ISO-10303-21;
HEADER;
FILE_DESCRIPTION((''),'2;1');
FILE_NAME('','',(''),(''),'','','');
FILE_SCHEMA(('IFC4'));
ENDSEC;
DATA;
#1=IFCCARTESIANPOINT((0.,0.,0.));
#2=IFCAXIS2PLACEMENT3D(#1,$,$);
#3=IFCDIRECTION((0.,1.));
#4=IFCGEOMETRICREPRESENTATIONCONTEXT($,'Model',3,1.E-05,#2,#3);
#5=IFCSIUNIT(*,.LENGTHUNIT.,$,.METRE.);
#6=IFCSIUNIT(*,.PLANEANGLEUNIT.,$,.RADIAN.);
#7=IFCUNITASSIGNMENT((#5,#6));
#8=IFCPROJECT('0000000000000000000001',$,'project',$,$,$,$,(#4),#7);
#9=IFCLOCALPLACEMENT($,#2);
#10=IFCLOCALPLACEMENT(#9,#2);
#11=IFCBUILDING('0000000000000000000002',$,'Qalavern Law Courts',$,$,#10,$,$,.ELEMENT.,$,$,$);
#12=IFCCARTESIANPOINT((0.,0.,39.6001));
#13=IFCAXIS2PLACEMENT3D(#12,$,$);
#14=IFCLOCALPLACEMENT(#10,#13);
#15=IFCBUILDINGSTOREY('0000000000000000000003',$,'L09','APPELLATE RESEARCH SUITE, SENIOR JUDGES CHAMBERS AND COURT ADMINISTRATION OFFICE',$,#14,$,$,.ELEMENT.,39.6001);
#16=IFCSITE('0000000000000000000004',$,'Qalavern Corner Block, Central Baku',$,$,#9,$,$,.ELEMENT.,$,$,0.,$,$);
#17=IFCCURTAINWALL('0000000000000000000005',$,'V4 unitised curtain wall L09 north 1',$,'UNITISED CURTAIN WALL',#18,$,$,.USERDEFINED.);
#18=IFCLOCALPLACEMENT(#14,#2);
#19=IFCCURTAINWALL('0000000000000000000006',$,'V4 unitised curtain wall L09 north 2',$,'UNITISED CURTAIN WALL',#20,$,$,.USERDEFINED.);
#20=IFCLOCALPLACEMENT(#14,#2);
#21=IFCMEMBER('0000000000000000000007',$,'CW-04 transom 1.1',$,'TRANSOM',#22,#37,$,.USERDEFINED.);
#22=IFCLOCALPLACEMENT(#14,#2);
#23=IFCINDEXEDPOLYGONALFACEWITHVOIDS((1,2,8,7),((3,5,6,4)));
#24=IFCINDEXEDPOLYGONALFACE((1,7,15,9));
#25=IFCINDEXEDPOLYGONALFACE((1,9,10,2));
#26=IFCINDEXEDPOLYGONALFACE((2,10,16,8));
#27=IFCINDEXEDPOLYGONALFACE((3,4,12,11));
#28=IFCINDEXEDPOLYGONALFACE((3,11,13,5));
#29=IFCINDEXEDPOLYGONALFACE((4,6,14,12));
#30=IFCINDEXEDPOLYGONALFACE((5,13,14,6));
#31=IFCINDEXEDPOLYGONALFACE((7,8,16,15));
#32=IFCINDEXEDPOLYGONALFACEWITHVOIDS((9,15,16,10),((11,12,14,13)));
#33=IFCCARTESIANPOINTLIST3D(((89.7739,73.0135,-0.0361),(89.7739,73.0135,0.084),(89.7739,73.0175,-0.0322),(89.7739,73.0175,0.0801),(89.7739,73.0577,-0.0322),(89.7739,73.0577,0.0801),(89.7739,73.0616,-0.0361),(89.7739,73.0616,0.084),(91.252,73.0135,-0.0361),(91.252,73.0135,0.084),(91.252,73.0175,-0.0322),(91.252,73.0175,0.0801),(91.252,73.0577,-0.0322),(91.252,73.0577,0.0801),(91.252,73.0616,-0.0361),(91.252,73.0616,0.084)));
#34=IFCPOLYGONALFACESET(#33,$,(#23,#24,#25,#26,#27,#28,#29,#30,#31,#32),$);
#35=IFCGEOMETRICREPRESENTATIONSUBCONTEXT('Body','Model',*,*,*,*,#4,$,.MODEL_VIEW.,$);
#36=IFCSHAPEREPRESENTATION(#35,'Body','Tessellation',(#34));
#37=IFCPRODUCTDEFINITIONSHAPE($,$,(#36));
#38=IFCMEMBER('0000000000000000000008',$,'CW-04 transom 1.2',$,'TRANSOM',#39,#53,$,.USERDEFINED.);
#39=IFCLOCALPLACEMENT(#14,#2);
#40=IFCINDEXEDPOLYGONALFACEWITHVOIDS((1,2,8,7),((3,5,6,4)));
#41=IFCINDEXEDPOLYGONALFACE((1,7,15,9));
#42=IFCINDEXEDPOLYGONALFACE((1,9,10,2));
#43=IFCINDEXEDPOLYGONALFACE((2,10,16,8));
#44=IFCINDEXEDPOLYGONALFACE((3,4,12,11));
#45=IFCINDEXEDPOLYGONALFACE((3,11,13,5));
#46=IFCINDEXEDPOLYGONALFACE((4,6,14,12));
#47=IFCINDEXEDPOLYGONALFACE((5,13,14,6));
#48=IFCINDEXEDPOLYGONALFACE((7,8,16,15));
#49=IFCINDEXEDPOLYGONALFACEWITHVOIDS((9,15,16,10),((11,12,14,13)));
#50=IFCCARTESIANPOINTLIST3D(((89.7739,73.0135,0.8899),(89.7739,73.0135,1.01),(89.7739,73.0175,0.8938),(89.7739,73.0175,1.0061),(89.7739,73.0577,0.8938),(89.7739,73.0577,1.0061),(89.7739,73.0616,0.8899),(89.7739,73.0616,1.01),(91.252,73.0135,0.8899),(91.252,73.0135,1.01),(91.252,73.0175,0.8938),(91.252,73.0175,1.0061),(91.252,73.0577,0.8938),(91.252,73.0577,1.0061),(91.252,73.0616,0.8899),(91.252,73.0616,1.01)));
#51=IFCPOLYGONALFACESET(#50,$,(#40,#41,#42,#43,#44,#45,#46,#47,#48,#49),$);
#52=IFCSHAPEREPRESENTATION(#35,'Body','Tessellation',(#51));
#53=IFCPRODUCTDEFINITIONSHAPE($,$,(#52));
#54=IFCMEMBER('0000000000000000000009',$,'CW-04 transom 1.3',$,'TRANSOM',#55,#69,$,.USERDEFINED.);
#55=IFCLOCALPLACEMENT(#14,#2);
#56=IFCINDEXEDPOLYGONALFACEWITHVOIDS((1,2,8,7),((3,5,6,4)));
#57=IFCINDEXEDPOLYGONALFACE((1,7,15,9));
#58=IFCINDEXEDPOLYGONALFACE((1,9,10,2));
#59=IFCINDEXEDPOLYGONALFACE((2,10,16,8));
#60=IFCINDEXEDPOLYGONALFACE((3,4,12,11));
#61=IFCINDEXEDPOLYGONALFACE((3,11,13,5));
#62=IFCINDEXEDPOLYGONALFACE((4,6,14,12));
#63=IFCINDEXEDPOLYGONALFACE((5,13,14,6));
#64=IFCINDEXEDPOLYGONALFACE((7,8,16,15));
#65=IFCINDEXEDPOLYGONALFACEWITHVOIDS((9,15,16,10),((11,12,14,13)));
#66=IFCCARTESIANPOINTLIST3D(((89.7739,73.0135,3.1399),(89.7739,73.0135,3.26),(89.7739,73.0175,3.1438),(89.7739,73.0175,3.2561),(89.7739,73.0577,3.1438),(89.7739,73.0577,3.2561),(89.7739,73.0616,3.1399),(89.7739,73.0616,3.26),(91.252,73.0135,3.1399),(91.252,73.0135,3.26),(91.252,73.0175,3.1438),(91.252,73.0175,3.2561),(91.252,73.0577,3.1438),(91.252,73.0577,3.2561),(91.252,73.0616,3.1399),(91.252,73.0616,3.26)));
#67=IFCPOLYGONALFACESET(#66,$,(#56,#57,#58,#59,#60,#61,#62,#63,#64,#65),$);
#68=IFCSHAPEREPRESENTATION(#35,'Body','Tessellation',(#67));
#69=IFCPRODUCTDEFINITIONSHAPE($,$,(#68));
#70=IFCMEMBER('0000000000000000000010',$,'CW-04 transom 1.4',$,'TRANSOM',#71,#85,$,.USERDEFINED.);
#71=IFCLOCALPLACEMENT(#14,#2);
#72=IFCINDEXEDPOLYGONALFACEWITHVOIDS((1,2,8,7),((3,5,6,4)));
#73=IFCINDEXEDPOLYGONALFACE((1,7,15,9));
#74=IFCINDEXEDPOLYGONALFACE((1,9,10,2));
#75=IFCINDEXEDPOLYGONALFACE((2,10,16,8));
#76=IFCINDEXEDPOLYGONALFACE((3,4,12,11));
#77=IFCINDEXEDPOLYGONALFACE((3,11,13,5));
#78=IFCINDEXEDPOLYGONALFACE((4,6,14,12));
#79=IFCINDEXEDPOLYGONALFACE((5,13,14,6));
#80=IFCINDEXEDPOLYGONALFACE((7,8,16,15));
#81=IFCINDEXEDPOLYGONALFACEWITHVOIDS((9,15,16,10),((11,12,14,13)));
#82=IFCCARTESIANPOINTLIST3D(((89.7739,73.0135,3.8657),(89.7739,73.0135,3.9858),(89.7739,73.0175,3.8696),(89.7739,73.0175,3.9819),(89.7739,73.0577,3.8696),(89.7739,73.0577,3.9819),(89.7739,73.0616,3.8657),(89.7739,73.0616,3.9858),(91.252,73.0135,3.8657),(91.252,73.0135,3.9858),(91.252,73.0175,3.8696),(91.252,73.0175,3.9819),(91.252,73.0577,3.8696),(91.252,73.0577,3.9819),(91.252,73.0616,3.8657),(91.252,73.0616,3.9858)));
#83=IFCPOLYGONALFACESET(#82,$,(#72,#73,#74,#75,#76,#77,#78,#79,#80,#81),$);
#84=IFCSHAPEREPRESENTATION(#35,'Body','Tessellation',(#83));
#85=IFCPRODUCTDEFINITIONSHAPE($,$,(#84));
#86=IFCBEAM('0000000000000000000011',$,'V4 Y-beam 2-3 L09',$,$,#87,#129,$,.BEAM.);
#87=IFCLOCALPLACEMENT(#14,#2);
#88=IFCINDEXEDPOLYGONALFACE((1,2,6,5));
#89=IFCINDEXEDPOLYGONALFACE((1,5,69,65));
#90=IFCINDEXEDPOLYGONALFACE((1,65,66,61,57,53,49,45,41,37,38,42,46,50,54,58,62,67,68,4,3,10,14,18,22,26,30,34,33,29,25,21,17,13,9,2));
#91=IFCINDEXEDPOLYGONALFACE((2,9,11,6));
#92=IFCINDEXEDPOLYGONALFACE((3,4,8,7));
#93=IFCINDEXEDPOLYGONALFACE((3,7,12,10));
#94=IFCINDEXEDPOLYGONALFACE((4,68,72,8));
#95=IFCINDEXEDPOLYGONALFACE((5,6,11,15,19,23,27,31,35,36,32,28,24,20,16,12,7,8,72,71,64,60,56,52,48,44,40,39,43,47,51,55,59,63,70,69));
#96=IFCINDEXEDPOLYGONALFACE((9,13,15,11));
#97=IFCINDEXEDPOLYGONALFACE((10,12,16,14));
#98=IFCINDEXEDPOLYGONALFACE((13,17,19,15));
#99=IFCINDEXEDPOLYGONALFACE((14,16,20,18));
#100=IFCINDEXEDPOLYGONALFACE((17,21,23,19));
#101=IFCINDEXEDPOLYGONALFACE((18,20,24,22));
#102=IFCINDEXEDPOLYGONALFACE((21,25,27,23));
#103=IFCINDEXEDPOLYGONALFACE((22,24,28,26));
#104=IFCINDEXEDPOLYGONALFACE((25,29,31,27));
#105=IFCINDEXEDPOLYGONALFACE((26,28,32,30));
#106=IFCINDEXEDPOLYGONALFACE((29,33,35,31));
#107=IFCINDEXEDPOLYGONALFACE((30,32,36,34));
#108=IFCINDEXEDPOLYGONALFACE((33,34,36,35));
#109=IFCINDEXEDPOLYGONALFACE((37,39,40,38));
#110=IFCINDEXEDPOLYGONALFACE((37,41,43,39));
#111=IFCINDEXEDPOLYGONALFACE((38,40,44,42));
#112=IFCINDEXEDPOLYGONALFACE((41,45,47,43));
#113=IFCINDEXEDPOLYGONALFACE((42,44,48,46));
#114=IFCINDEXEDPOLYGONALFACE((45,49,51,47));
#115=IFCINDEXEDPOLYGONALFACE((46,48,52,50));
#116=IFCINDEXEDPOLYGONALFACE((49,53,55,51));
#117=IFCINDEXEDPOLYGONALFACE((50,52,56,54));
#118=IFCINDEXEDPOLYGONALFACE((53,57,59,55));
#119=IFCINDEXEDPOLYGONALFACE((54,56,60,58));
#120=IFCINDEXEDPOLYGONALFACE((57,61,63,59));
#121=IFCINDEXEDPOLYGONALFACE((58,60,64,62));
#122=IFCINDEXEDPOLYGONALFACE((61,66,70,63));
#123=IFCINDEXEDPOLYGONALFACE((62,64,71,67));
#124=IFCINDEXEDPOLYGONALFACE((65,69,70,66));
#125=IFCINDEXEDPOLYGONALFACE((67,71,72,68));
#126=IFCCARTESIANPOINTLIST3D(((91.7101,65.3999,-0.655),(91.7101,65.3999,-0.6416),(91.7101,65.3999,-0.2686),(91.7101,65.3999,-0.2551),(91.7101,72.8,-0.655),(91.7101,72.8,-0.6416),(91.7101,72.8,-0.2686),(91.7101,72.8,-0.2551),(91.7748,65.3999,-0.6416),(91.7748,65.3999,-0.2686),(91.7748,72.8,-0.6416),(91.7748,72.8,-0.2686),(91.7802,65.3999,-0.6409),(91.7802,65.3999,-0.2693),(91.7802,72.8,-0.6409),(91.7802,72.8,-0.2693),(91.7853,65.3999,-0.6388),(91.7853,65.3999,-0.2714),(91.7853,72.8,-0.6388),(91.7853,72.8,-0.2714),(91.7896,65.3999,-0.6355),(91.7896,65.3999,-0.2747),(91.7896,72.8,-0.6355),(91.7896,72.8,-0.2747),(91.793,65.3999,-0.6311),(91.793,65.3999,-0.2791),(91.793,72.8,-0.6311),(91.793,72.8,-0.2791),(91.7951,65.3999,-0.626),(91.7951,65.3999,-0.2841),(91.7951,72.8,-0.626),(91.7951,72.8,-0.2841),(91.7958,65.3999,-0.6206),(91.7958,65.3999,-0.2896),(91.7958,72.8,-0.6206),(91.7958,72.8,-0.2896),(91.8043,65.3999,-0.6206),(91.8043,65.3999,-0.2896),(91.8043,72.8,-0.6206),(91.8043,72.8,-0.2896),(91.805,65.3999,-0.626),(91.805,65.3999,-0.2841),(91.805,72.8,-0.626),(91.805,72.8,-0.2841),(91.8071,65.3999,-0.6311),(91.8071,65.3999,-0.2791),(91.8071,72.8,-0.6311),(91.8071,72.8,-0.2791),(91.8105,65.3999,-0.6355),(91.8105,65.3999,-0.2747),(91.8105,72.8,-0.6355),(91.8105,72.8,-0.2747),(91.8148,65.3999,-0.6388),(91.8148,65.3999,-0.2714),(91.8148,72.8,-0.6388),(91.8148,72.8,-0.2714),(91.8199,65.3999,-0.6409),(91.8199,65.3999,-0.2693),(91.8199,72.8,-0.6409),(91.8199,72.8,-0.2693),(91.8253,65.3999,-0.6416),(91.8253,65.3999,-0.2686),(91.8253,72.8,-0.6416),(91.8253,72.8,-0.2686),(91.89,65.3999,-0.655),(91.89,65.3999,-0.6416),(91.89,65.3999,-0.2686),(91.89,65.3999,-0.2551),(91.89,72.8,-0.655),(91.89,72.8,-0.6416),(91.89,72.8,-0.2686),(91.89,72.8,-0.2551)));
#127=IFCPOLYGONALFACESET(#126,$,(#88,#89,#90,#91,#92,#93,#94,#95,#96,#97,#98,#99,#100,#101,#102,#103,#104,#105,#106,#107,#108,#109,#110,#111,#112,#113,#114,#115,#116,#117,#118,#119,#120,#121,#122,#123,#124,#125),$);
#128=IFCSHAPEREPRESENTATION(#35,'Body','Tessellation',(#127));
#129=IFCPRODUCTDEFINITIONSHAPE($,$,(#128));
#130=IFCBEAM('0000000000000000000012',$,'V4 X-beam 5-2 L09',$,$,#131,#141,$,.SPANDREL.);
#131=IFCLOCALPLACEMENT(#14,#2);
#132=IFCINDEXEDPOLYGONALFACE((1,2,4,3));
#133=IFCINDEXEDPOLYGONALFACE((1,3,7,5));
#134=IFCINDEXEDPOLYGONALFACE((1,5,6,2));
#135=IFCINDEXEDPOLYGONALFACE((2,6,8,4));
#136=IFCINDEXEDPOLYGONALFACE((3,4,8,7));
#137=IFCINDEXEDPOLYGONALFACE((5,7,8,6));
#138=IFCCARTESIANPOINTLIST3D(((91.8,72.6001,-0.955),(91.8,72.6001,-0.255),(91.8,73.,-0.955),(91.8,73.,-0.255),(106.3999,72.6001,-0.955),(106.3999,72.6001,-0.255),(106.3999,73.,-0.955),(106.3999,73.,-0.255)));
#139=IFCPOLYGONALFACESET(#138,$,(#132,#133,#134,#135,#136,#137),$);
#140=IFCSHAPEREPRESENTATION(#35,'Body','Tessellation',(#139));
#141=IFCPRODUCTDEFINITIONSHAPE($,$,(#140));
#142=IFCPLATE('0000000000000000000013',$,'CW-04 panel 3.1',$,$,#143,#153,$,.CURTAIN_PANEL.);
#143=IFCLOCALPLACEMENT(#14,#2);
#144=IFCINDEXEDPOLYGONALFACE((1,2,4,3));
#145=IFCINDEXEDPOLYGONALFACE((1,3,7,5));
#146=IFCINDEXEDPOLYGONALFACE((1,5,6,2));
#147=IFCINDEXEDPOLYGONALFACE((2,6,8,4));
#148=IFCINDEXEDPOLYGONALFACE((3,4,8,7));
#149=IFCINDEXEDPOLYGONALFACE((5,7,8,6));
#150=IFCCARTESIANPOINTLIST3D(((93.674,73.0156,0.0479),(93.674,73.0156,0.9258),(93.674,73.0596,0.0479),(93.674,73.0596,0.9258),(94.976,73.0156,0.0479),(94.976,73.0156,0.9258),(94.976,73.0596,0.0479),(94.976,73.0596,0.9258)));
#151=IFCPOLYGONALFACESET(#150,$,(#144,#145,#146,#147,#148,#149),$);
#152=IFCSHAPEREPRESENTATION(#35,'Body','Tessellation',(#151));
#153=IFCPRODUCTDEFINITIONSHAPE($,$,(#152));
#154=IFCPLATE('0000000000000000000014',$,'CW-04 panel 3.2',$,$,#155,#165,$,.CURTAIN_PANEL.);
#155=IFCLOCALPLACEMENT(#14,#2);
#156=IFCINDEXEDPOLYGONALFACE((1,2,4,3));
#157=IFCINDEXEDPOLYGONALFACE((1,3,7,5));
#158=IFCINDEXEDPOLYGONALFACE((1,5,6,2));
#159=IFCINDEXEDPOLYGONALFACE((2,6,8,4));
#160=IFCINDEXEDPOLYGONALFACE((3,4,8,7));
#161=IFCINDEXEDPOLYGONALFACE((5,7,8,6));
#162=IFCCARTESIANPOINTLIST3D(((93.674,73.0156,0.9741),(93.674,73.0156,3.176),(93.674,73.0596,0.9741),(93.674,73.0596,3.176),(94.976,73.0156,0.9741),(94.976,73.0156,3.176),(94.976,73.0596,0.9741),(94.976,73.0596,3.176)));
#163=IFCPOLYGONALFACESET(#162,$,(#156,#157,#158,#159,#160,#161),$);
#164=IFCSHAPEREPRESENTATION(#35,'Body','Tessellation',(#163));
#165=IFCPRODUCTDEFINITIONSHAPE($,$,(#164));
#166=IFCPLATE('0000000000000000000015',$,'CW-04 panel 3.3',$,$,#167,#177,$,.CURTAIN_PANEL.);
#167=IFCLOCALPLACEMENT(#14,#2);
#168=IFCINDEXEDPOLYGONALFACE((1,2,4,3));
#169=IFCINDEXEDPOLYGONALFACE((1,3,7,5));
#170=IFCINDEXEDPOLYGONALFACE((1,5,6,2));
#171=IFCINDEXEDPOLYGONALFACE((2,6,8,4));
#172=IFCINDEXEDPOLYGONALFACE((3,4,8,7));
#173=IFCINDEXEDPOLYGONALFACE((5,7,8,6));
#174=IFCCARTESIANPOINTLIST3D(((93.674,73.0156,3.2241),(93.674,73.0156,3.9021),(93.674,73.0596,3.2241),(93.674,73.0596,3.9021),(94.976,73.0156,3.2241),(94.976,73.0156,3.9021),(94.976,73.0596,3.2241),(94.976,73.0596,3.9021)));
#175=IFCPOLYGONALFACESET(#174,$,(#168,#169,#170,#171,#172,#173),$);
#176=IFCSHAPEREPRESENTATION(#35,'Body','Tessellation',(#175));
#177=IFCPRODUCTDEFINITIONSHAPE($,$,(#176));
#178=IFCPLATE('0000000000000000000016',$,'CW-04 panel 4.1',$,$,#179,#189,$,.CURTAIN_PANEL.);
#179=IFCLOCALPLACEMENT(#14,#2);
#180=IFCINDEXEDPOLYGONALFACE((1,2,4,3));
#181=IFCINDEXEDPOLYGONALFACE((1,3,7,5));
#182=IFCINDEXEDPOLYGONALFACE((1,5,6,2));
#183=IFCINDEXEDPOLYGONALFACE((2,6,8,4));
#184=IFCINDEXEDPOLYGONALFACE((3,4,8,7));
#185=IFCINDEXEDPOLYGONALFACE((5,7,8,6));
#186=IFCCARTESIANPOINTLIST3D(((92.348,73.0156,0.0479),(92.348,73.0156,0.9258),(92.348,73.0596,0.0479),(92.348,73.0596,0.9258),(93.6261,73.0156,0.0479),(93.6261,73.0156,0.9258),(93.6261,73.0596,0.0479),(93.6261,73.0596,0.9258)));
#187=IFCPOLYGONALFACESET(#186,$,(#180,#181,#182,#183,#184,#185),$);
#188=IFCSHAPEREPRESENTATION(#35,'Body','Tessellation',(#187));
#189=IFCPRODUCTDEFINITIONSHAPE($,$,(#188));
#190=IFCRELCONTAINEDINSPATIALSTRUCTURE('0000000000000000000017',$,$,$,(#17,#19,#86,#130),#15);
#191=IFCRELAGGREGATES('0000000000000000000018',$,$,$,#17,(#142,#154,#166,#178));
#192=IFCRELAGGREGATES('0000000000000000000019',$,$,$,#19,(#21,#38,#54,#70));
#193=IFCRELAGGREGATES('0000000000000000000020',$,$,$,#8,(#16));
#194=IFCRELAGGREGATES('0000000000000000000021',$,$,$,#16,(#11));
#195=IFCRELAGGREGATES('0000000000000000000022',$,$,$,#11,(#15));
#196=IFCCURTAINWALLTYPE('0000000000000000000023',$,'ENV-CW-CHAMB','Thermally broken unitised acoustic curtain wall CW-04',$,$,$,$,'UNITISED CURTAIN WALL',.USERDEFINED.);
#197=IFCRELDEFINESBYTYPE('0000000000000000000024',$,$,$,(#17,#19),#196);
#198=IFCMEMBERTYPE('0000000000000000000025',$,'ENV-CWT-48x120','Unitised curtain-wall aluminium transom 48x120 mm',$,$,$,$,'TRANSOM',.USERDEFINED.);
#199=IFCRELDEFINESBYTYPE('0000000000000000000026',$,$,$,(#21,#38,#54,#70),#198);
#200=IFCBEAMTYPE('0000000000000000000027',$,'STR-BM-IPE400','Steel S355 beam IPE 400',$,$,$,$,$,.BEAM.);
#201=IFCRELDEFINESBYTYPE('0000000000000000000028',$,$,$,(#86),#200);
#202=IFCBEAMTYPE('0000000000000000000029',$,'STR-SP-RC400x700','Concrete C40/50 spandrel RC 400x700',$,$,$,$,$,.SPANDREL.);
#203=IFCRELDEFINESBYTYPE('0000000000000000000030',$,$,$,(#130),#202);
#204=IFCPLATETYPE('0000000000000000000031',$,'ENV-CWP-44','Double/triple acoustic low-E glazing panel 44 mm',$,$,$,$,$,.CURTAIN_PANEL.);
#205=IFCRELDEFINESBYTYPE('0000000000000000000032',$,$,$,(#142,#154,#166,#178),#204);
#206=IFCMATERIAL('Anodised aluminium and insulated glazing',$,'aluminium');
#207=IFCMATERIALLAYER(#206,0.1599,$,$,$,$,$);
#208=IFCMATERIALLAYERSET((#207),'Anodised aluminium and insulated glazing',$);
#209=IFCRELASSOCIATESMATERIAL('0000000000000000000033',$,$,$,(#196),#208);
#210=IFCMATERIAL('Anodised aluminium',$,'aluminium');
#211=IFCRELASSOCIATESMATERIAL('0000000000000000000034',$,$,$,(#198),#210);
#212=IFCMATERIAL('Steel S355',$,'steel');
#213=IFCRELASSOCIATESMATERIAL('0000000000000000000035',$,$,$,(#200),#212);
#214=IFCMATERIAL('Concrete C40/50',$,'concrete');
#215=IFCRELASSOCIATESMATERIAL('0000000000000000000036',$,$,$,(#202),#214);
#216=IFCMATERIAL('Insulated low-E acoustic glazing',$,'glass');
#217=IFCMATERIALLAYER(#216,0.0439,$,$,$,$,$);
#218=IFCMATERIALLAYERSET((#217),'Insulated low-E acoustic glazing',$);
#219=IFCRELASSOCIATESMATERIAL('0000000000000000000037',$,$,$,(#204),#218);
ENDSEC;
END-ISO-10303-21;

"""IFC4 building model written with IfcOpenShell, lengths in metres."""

from ifc_helpers import new_model, si_unit, direction, frame, origin, origin_2d, place, context, subcontext, project, spatial, rectangle, hollow_rectangle, i_section, extrude, material, layer, layer_set, material_profile, profile_set, type_object, element, aggregate, save


model = new_model("IFC4")

# Units and contexts
model_context = context("Model", 3, precision=1e-05, world=origin(), true_north=direction((0.0, 1.0)))
body_context = subcontext(model_context, "Body", "Model", "MODEL_VIEW")
ifc_project = project(units=[si_unit("LENGTHUNIT", "METRE"), si_unit("PLANEANGLEUNIT", "RADIAN")], contexts=[model_context])

# Site, building, storey
site_placement = place(None, origin())
site = spatial("IfcSite", under=ifc_project, at=site_placement, Name="Qalavern Corner Block, Central Baku", CompositionType="ELEMENT", RefElevation=0.0)
building_placement = place(site_placement, origin())
building = spatial("IfcBuilding", under=site, at=building_placement, Name="Qalavern Law Courts", CompositionType="ELEMENT")
storey_placement = place(building_placement, frame((0.0, 0.0, 39.6001)))
storey = spatial("IfcBuildingStorey", under=building, at=storey_placement, Name="L09", Description="APPELLATE RESEARCH SUITE, SENIOR JUDGES CHAMBERS AND COURT ADMINISTRATION OFFICE", CompositionType="ELEMENT", Elevation=39.6001)

# Curtain wall
ifc_material_1 = material(Name="Anodised aluminium and insulated glazing", Category="aluminium")
ifc_layer_1 = layer(ifc_material_1, 0.1599)
ifc_layer_set_1 = layer_set([ifc_layer_1], Name="Anodised aluminium and insulated glazing")
curtain_wall_type = type_object("IfcCurtainWallType", Name="ENV-CW-CHAMB", Description="Thermally broken unitised acoustic curtain wall CW-04", ElementType="UNITISED CURTAIN WALL", PredefinedType="USERDEFINED", material=ifc_layer_set_1)
curtain_wall_1_placement = place(storey_placement, origin())
curtain_wall_1 = element("IfcCurtainWall", 1, at=curtain_wall_1_placement, inside=storey, type_object=curtain_wall_type, Name="V4 unitised curtain wall L09 north 1", ObjectType="UNITISED CURTAIN WALL", PredefinedType="USERDEFINED")
ifc_material_2 = material(Name="Anodised aluminium", Category="aluminium")

# Curtain wall
curtain_wall_2_placement = place(storey_placement, origin())
curtain_wall_2 = element("IfcCurtainWall", 2, at=curtain_wall_2_placement, inside=storey, type_object=curtain_wall_type, Name="V4 unitised curtain wall L09 north 2", ObjectType="UNITISED CURTAIN WALL", PredefinedType="USERDEFINED")

# Members
ifc_material_profile_1 = material_profile(ifc_material_2, hollow_rectangle(XDim=0.0481, YDim=0.1201, WallThickness=0.0039, at=origin_2d()), Name="ALU TRANSOM 48x120")
ifc_profile_set_1 = profile_set([ifc_material_profile_1], Name="Anodised aluminium")
member_type_1 = type_object("IfcMemberType", Name="ENV-CWT-48x120", Description="Unitised curtain-wall aluminium transom 48x120 mm", ElementType="TRANSOM", PredefinedType="USERDEFINED", material=ifc_profile_set_1)
member_1_placement = place(storey_placement, frame((91.252, 73.0376, 0.0239), z_axis=(-1.0, 0.0, 0.0), x_axis=(0.0, -1.0, 0.0)))
member_1 = element("IfcMember", 3, at=member_1_placement, type_object=member_type_1, Name="CW-04 transom 1.1", ObjectType="TRANSOM", PredefinedType="USERDEFINED", context=body_context, shape_type="SweptSolid", body=[
    extrude(hollow_rectangle(XDim=0.0481, YDim=0.1201, WallThickness=0.0039, at=origin_2d()), origin(), (0.0, 0.0, 1.0), 1.478),
])
member_2_placement = place(storey_placement, frame((91.252, 73.0376, 0.95), z_axis=(-1.0, 0.0, 0.0), x_axis=(0.0, -1.0, 0.0)))
member_2 = element("IfcMember", 4, at=member_2_placement, type_object=member_type_1, Name="CW-04 transom 1.2", ObjectType="TRANSOM", PredefinedType="USERDEFINED", context=body_context, shape_type="SweptSolid", body=[
    extrude(hollow_rectangle(XDim=0.0481, YDim=0.1201, WallThickness=0.0039, at=origin_2d()), origin(), (0.0, 0.0, 1.0), 1.478),
])
member_3_placement = place(storey_placement, frame((91.252, 73.0376, 3.2), z_axis=(-1.0, 0.0, 0.0), x_axis=(0.0, -1.0, 0.0)))
member_3 = element("IfcMember", 5, at=member_3_placement, type_object=member_type_1, Name="CW-04 transom 1.3", ObjectType="TRANSOM", PredefinedType="USERDEFINED", context=body_context, shape_type="SweptSolid", body=[
    extrude(hollow_rectangle(XDim=0.0481, YDim=0.1201, WallThickness=0.0039, at=origin_2d()), origin(), (0.0, 0.0, 1.0), 1.478),
])
member_4_placement = place(storey_placement, frame((91.252, 73.0376, 3.9258), z_axis=(-1.0, 0.0, 0.0), x_axis=(0.0, -1.0, 0.0)))
member_4 = element("IfcMember", 6, at=member_4_placement, type_object=member_type_1, Name="CW-04 transom 1.4", ObjectType="TRANSOM", PredefinedType="USERDEFINED", context=body_context, shape_type="SweptSolid", body=[
    extrude(hollow_rectangle(XDim=0.0481, YDim=0.1201, WallThickness=0.0039, at=origin_2d()), origin(), (0.0, 0.0, 1.0), 1.478),
])

# Beams
ifc_material_3 = material(Name="Steel S355", Category="steel")
ifc_material_profile_2 = material_profile(ifc_material_3, i_section(OverallWidth=0.1799, OverallDepth=0.3999, WebThickness=0.0085, FlangeThickness=0.0134, FilletRadius=0.021, at=origin_2d()), Name="IPE 400")
ifc_profile_set_2 = profile_set([ifc_material_profile_2], Name="Steel S355")
beam_type_1 = type_object("IfcBeamType", Name="STR-BM-IPE400", Description="Steel S355 beam IPE 400", PredefinedType="BEAM", material=ifc_profile_set_2)
beam_1_placement = place(storey_placement, frame((91.8, 65.3999, -0.4551), z_axis=(0.0, 1.0, 0.0), x_axis=(-1.0, 0.0, 0.0)))
element("IfcBeam", 7, at=beam_1_placement, inside=storey, type_object=beam_type_1, Name="V4 Y-beam 2-3 L09", PredefinedType="BEAM", context=body_context, shape_type="SweptSolid", body=[
    extrude(i_section(OverallWidth=0.1799, OverallDepth=0.3999, WebThickness=0.0085, FlangeThickness=0.0134, FilletRadius=0.021, at=origin_2d()), origin(), (0.0, 0.0, 1.0), 7.4001),
])
ifc_material_4 = material(Name="Concrete C40/50", Category="concrete")
ifc_material_profile_3 = material_profile(ifc_material_4, rectangle(XDim=0.3999, YDim=0.7, at=origin_2d()), Name="RC 400x700")
ifc_profile_set_3 = profile_set([ifc_material_profile_3], Name="Concrete C40/50")
beam_type_2 = type_object("IfcBeamType", Name="STR-SP-RC400x700", Description="Concrete C40/50 spandrel RC 400x700", PredefinedType="SPANDREL", material=ifc_profile_set_3)
beam_2_placement = place(storey_placement, frame((91.8, 72.8, -0.605), z_axis=(1.0, 0.0, 0.0), x_axis=(0.0, 1.0, 0.0)))
element("IfcBeam", 8, at=beam_2_placement, inside=storey, type_object=beam_type_2, Name="V4 X-beam 5-2 L09", PredefinedType="SPANDREL", context=body_context, shape_type="SweptSolid", body=[
    extrude(rectangle(XDim=0.3999, YDim=0.7, at=origin_2d()), origin(), (0.0, 0.0, 1.0), 14.5999),
])

# Plates
ifc_material_5 = material(Name="Insulated low-E acoustic glazing", Category="glass")
ifc_layer_2 = layer(ifc_material_5, 0.0439)
ifc_layer_set_2 = layer_set([ifc_layer_2], Name="Insulated low-E acoustic glazing")
plate_type_1 = type_object("IfcPlateType", Name="ENV-CWP-44", Description="Double/triple acoustic low-E glazing panel 44 mm", PredefinedType="CURTAIN_PANEL", material=ifc_layer_set_2)
plate_1_placement = place(storey_placement, frame((94.325, 73.0376, 0.0479), z_axis=(0.0, 0.0, 1.0), x_axis=(-1.0, 0.0, 0.0)))
plate_1 = element("IfcPlate", 9, at=plate_1_placement, type_object=plate_type_1, Name="CW-04 panel 3.1", PredefinedType="CURTAIN_PANEL", context=body_context, shape_type="SweptSolid", body=[
    extrude(rectangle(XDim=1.302, YDim=0.0439, at=origin_2d()), origin(), (0.0, 0.0, 1.0), 0.8779),
])
plate_2_placement = place(storey_placement, frame((94.325, 73.0376, 0.9741), z_axis=(0.0, 0.0, 1.0), x_axis=(-1.0, 0.0, 0.0)))
plate_2 = element("IfcPlate", 10, at=plate_2_placement, type_object=plate_type_1, Name="CW-04 panel 3.2", PredefinedType="CURTAIN_PANEL", context=body_context, shape_type="SweptSolid", body=[
    extrude(rectangle(XDim=1.302, YDim=0.0439, at=origin_2d()), origin(), (0.0, 0.0, 1.0), 2.2019),
])
plate_3_placement = place(storey_placement, frame((94.325, 73.0376, 3.2241), z_axis=(0.0, 0.0, 1.0), x_axis=(-1.0, 0.0, 0.0)))
plate_3 = element("IfcPlate", 11, at=plate_3_placement, type_object=plate_type_1, Name="CW-04 panel 3.3", PredefinedType="CURTAIN_PANEL", context=body_context, shape_type="SweptSolid", body=[
    extrude(rectangle(XDim=1.302, YDim=0.0439, at=origin_2d()), origin(), (0.0, 0.0, 1.0), 0.678),
])
plate_4_placement = place(storey_placement, frame((92.9871, 73.0376, 0.0479), z_axis=(0.0, 0.0, 1.0), x_axis=(-1.0, 0.0, 0.0)))
plate_4 = element("IfcPlate", 12, at=plate_4_placement, type_object=plate_type_1, Name="CW-04 panel 4.1", PredefinedType="CURTAIN_PANEL", context=body_context, shape_type="SweptSolid", body=[
    extrude(rectangle(XDim=1.2781, YDim=0.0439, at=origin_2d()), origin(), (0.0, 0.0, 1.0), 0.8779),
])
aggregate(curtain_wall_1, [plate_1, plate_2, plate_3, plate_4])
aggregate(curtain_wall_2, [member_1, member_2, member_3, member_4])

save(model, "model.ifc")
